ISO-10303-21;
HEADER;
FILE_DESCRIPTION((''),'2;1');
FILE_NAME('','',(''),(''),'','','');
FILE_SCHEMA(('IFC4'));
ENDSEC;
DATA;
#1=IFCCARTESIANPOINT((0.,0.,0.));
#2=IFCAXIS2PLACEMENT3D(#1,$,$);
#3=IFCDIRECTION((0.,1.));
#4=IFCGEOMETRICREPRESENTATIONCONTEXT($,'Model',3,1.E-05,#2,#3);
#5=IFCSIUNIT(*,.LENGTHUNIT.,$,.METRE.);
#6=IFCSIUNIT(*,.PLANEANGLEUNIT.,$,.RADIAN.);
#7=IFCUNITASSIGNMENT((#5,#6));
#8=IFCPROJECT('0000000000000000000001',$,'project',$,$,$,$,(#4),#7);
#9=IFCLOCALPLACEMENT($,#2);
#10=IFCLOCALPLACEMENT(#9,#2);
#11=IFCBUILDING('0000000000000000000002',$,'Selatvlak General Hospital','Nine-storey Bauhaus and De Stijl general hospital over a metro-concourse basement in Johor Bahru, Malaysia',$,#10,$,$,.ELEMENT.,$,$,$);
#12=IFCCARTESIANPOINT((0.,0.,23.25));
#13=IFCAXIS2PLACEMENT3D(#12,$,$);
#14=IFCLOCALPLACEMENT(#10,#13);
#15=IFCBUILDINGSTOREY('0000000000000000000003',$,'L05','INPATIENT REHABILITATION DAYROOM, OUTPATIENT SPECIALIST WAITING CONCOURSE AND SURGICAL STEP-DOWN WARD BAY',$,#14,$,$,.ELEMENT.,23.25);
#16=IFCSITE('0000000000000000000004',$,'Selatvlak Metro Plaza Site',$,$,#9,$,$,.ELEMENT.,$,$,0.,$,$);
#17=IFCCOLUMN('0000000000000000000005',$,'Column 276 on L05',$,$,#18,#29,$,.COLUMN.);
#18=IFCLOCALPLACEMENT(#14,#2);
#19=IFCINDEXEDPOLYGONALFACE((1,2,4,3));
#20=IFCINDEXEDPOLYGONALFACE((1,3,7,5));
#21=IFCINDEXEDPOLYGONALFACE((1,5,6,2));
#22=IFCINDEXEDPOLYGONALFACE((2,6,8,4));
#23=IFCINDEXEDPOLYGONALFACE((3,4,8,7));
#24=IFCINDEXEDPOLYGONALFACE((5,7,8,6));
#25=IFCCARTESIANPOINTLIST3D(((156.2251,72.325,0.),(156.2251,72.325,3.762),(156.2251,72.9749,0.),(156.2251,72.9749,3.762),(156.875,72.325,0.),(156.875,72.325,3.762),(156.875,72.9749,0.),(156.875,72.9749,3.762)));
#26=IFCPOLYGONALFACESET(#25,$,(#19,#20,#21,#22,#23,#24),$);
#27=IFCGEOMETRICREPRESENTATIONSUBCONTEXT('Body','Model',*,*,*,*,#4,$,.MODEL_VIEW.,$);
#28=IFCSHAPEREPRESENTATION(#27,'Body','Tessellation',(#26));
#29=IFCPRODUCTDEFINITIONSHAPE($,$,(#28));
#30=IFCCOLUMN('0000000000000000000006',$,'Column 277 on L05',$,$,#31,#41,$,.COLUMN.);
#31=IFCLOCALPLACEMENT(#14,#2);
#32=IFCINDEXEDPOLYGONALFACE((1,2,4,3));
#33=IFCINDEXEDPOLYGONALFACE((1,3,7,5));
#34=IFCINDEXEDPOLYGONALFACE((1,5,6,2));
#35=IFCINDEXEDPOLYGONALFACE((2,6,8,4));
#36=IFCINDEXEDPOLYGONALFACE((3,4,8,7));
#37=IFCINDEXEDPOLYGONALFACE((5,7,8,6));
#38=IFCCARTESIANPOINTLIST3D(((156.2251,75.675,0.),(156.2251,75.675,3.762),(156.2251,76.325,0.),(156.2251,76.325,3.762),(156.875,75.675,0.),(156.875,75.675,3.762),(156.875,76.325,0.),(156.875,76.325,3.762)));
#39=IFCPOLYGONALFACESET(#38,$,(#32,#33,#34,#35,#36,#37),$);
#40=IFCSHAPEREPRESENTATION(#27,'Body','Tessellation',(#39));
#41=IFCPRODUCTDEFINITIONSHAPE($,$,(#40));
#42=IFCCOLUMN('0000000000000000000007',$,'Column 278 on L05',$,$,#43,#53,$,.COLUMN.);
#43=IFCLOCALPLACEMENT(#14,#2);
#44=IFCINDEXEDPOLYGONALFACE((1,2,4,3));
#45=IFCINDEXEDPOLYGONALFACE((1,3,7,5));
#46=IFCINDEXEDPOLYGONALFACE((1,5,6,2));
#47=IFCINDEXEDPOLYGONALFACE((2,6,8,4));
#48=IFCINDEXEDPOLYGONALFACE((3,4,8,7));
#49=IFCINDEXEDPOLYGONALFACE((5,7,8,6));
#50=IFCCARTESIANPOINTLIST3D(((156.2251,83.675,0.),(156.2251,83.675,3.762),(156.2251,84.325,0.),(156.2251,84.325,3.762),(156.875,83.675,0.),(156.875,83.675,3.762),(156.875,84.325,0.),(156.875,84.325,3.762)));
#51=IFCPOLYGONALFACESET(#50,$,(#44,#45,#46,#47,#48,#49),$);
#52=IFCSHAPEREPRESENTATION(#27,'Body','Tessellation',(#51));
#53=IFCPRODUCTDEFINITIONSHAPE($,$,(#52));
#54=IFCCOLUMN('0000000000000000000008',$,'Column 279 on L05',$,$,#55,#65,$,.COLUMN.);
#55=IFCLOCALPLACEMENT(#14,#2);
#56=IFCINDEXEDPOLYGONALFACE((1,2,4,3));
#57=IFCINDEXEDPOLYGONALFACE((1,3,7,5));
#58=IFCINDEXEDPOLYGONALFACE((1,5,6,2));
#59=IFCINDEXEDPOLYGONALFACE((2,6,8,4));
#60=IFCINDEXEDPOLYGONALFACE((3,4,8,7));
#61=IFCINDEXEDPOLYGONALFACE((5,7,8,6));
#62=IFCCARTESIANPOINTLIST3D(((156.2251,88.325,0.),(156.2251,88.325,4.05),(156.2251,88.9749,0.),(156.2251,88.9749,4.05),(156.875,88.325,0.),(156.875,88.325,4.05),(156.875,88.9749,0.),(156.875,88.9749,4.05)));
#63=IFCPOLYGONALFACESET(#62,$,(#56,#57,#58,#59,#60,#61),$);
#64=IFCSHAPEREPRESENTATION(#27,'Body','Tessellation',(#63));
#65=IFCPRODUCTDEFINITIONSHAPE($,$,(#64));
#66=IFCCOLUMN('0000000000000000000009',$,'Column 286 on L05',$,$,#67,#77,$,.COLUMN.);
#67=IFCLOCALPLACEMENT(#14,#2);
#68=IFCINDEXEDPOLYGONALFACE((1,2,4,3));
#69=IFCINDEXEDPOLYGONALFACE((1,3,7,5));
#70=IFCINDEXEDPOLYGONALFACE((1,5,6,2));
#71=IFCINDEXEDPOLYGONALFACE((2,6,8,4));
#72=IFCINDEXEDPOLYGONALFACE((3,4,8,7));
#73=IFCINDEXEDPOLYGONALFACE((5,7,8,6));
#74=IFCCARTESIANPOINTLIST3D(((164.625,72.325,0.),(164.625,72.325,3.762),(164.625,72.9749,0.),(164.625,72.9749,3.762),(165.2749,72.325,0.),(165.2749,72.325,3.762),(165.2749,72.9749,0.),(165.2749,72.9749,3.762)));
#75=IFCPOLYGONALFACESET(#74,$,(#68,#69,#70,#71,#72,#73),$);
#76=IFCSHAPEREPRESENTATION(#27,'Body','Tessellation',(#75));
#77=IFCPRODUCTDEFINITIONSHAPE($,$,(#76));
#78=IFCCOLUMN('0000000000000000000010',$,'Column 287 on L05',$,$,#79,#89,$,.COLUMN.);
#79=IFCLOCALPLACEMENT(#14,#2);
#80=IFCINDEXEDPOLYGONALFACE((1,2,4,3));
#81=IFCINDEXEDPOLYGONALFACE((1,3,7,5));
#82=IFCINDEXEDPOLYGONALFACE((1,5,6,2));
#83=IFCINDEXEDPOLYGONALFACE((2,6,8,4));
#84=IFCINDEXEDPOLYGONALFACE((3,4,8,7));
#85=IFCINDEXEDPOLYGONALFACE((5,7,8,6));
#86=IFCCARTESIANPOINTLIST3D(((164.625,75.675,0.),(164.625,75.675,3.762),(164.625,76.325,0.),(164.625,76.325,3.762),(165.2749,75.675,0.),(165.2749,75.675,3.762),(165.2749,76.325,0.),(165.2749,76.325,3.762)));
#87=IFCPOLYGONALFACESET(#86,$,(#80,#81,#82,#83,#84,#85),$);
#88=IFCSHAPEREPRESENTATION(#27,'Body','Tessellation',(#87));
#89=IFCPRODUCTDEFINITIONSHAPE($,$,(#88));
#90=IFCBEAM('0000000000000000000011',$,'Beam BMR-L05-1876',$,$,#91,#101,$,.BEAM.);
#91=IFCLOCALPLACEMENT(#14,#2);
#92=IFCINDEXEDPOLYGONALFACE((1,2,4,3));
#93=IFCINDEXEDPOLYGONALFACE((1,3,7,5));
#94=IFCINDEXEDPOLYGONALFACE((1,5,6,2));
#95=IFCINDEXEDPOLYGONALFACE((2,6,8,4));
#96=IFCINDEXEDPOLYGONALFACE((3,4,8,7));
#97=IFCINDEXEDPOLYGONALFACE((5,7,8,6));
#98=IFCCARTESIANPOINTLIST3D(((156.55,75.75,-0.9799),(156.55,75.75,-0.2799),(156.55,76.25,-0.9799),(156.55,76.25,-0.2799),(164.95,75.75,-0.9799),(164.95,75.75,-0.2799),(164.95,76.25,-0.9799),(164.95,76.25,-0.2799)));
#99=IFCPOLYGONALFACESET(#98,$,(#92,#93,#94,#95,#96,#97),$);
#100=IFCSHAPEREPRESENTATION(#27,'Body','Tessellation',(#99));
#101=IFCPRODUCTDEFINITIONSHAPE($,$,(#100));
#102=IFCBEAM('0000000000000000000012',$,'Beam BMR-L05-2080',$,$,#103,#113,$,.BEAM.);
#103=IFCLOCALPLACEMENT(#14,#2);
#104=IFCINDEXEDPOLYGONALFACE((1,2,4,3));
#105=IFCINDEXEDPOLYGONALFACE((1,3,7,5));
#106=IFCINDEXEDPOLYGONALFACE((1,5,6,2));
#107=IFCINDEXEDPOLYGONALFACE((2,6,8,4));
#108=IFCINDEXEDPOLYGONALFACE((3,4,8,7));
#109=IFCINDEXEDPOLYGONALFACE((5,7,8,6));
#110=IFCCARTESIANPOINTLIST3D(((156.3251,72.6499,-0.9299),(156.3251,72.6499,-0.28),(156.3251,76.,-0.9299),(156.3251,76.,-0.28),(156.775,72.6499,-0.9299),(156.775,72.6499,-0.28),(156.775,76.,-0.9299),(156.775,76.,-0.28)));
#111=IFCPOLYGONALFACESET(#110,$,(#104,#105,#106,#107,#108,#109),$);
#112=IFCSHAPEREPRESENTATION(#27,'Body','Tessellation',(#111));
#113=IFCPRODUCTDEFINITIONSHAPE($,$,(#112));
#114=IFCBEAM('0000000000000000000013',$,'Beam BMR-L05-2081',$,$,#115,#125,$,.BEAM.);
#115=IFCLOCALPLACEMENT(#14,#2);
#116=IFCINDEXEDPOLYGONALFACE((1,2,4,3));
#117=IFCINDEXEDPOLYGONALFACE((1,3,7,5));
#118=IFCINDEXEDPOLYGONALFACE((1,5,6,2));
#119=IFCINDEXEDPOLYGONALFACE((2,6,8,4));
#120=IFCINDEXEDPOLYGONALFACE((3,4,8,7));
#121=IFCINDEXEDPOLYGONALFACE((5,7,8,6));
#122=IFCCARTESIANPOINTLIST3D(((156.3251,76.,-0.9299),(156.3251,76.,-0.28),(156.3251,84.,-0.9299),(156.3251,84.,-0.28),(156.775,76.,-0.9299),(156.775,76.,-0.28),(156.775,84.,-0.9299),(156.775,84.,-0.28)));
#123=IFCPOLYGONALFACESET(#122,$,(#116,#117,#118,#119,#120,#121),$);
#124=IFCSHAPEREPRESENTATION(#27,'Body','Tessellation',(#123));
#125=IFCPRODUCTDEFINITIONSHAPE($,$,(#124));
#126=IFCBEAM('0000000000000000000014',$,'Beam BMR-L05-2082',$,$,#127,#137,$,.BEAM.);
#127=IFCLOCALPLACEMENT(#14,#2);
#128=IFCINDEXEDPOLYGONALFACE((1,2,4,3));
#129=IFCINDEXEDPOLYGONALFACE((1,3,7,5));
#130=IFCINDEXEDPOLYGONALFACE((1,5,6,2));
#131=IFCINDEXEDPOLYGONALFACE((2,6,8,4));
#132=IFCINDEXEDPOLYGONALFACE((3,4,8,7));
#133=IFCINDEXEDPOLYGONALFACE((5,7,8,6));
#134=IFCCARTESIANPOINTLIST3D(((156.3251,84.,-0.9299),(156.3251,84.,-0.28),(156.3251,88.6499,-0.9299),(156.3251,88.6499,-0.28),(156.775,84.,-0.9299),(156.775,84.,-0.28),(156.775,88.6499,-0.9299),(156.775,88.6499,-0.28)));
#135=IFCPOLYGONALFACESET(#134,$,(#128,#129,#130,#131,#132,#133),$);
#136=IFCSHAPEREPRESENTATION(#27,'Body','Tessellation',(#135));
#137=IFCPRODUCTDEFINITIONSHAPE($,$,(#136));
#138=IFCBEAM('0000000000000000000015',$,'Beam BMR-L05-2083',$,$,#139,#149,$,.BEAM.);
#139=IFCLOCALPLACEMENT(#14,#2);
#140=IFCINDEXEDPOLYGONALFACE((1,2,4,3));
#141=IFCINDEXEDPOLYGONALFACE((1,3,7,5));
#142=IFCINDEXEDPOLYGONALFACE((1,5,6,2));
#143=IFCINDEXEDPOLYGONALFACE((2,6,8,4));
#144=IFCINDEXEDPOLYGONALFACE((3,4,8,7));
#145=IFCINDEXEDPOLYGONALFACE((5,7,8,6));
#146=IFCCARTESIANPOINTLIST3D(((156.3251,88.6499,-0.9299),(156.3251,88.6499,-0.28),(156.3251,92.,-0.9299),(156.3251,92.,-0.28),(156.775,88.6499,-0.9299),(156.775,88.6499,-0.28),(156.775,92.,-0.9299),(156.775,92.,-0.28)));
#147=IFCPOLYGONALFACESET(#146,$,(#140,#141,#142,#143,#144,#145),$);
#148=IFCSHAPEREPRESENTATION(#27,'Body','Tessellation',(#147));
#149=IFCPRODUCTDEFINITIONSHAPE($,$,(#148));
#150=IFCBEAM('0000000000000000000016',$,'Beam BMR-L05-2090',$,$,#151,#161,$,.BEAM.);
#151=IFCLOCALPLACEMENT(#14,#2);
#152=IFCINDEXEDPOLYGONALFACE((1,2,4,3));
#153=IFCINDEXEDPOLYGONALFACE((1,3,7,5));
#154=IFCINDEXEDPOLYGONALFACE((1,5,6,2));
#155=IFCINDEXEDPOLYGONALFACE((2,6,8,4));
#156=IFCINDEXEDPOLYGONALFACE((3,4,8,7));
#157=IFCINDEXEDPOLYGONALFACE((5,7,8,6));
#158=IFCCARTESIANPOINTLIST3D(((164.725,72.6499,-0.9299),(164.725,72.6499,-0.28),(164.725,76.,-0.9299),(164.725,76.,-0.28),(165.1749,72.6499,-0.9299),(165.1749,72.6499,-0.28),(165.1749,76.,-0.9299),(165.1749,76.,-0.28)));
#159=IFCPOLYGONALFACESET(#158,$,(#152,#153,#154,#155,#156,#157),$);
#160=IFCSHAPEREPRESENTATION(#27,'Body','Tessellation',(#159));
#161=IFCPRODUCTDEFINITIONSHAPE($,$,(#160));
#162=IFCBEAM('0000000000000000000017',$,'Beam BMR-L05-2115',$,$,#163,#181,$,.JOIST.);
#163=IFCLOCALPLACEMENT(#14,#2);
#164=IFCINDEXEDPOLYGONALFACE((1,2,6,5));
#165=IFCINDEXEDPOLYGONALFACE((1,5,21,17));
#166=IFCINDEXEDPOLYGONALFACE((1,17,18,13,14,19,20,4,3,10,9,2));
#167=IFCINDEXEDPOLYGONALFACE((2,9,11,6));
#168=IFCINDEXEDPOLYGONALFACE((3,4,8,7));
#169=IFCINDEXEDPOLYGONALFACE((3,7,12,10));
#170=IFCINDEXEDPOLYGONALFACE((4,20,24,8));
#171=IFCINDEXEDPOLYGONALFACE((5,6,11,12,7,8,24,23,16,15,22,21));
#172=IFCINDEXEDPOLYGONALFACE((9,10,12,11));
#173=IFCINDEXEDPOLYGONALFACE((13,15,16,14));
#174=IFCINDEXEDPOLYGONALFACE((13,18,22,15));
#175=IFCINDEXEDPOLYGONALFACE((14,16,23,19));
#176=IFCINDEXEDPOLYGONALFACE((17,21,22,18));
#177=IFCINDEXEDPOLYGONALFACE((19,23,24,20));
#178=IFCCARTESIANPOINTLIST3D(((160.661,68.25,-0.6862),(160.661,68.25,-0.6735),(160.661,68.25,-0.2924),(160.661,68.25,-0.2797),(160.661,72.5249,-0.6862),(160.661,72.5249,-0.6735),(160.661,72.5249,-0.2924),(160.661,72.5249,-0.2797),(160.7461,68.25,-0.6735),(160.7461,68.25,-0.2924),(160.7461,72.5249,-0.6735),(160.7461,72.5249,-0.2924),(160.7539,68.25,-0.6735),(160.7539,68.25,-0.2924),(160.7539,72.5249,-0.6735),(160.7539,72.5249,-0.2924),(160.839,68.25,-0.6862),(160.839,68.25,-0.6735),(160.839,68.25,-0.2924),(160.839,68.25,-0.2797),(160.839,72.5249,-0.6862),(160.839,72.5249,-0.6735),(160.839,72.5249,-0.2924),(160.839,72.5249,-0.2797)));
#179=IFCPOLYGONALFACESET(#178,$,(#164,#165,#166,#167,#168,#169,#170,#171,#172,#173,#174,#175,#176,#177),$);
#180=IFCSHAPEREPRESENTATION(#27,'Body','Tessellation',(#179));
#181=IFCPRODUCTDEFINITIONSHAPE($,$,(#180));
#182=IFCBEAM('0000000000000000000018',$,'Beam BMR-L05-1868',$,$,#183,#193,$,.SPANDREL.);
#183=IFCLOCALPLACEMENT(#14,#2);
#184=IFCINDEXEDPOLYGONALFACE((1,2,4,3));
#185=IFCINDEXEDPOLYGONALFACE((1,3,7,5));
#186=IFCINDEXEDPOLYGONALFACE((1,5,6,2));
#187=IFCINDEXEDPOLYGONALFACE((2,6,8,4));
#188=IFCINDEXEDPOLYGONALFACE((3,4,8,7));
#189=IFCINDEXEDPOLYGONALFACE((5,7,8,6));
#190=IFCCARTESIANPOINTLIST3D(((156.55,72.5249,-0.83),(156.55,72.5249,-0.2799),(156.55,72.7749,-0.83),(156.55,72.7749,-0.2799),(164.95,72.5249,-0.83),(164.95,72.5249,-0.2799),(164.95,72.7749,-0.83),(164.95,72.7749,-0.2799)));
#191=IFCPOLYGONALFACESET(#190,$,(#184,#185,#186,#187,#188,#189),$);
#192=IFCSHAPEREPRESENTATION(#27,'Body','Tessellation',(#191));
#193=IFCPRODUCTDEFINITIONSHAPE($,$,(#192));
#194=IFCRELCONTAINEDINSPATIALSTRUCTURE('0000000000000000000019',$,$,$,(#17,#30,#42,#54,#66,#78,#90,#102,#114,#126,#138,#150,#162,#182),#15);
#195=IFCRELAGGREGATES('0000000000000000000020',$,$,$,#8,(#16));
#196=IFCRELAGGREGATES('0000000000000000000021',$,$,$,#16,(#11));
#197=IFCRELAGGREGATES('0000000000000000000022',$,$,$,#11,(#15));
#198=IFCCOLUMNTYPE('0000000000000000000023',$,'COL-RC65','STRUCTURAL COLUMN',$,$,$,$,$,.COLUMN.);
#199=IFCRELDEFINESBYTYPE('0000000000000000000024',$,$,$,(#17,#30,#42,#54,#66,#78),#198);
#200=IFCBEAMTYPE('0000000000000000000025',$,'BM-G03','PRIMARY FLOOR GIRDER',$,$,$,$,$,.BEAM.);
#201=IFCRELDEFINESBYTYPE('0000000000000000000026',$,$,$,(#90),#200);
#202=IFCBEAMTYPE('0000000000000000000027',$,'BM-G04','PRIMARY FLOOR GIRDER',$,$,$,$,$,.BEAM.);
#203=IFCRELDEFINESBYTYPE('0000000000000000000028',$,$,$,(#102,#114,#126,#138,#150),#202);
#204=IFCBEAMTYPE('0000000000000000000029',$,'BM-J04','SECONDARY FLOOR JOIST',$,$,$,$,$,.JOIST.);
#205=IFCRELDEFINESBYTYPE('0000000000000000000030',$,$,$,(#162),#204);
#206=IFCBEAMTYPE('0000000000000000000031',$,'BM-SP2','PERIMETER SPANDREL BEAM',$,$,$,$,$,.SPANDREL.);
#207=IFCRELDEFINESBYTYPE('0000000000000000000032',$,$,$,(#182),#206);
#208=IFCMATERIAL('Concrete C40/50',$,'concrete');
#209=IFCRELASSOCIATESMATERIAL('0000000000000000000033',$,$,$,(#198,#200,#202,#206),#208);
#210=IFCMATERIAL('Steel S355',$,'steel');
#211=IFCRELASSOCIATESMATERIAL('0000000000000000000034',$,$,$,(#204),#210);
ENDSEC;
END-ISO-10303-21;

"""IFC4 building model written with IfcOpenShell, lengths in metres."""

from ifc_helpers import new_model, si_unit, direction, frame, origin, origin_2d, place, context, subcontext, project, spatial, rectangle, i_section, extrude, material, material_profile, profile_set, type_object, element, save


model = new_model("IFC4")

# Units and contexts
model_context = context("Model", 3, precision=1e-05, world=origin(), true_north=direction((0.0, 1.0)))
body_context = subcontext(model_context, "Body", "Model", "MODEL_VIEW")
ifc_project = project(units=[si_unit("LENGTHUNIT", "METRE"), si_unit("PLANEANGLEUNIT", "RADIAN")], contexts=[model_context])

# Site, building, storey
site_placement = place(None, origin())
site = spatial("IfcSite", under=ifc_project, at=site_placement, Name="Selatvlak Metro Plaza Site", CompositionType="ELEMENT", RefElevation=0.0)
building_placement = place(site_placement, origin())
building = spatial("IfcBuilding", under=site, at=building_placement, Name="Selatvlak General Hospital", Description="Nine-storey Bauhaus and De Stijl general hospital over a metro-concourse basement in Johor Bahru, Malaysia", CompositionType="ELEMENT")
storey_placement = place(building_placement, frame((0.0, 0.0, 23.25)))
storey = spatial("IfcBuildingStorey", under=building, at=storey_placement, Name="L05", Description="INPATIENT REHABILITATION DAYROOM, OUTPATIENT SPECIALIST WAITING CONCOURSE AND SURGICAL STEP-DOWN WARD BAY", CompositionType="ELEMENT", Elevation=23.25)

# Columns
ifc_material_1 = material(Name="Concrete C40/50", Category="concrete")
ifc_material_profile_1 = material_profile(ifc_material_1, rectangle(XDim=0.6499, YDim=0.6499, at=origin_2d()), Name="RC-COL 650x650")
ifc_profile_set_1 = profile_set([ifc_material_profile_1], Name="Concrete C40/50")
column_type = type_object("IfcColumnType", Name="COL-RC65", Description="STRUCTURAL COLUMN", PredefinedType="COLUMN", material=ifc_profile_set_1)
for number, where, z_axis, x_axis, name in (
    (1, (156.55, 72.6499, 0.0), (0.0, 0.0, 1.0), (1.0, 0.0, 0.0), "Column 276 on L05"),
    (2, (156.55, 76.0, 0.0), (0.0, 0.0, 1.0), (1.0, 0.0, 0.0), "Column 277 on L05"),
    (3, (156.55, 84.0, 0.0), (0.0, 0.0, 1.0), (1.0, 0.0, 0.0), "Column 278 on L05"),
):
    element("IfcColumn", number, at=place(storey_placement, frame(where, z_axis=z_axis, x_axis=x_axis)), inside=storey, type_object=column_type, Name=name, PredefinedType="COLUMN", context=body_context, shape_type="SweptSolid", body=[
        extrude(rectangle(XDim=0.6499, YDim=0.6499, at=origin_2d()), origin(), (0.0, 0.0, 1.0), 3.762),
    ])
column_placement = place(storey_placement, frame((156.55, 88.6499, 0.0), z_axis=(0.0, 0.0, 1.0), x_axis=(1.0, 0.0, 0.0)))
element("IfcColumn", 4, at=column_placement, inside=storey, type_object=column_type, Name="Column 279 on L05", PredefinedType="COLUMN", context=body_context, shape_type="SweptSolid", body=[
    extrude(rectangle(XDim=0.6499, YDim=0.6499, at=origin_2d()), origin(), (0.0, 0.0, 1.0), 4.05),
])
for number, where, z_axis, x_axis, name in (
    (5, (164.95, 72.6499, 0.0), (0.0, 0.0, 1.0), (1.0, 0.0, 0.0), "Column 286 on L05"),
    (6, (164.95, 76.0, 0.0), (0.0, 0.0, 1.0), (1.0, 0.0, 0.0), "Column 287 on L05"),
):
    element("IfcColumn", number, at=place(storey_placement, frame(where, z_axis=z_axis, x_axis=x_axis)), inside=storey, type_object=column_type, Name=name, PredefinedType="COLUMN", context=body_context, shape_type="SweptSolid", body=[
        extrude(rectangle(XDim=0.6499, YDim=0.6499, at=origin_2d()), origin(), (0.0, 0.0, 1.0), 3.762),
    ])

# Beams
ifc_material_profile_2 = material_profile(ifc_material_1, rectangle(XDim=0.5, YDim=0.7, at=origin_2d()), Name="RC-BM 500x700")
ifc_profile_set_2 = profile_set([ifc_material_profile_2], Name="Concrete C40/50")
beam_type_1 = type_object("IfcBeamType", Name="BM-G03", Description="PRIMARY FLOOR GIRDER", PredefinedType="BEAM", material=ifc_profile_set_2)
beam_1_placement = place(storey_placement, frame((156.55, 76.0, -0.6299), z_axis=(1.0, 0.0, 0.0), x_axis=(0.0, 1.0, 0.0)))
element("IfcBeam", 7, at=beam_1_placement, inside=storey, type_object=beam_type_1, Name="Beam BMR-L05-1876", PredefinedType="BEAM", context=body_context, shape_type="SweptSolid", body=[
    extrude(rectangle(XDim=0.5, YDim=0.7, at=origin_2d()), origin(), (0.0, 0.0, 1.0), 8.3999),
])
ifc_material_profile_3 = material_profile(ifc_material_1, rectangle(XDim=0.45, YDim=0.6499, at=origin_2d()), Name="RC-BM 450x650")
ifc_profile_set_3 = profile_set([ifc_material_profile_3], Name="Concrete C40/50")
beam_type_2 = type_object("IfcBeamType", Name="BM-G04", Description="PRIMARY FLOOR GIRDER", PredefinedType="BEAM", material=ifc_profile_set_3)
beam_2_placement = place(storey_placement, frame((156.55, 72.6499, -0.605), z_axis=(0.0, 1.0, 0.0), x_axis=(-1.0, 0.0, 0.0)))
element("IfcBeam", 8, at=beam_2_placement, inside=storey, type_object=beam_type_2, Name="Beam BMR-L05-2080", PredefinedType="BEAM", context=body_context, shape_type="SweptSolid", body=[
    extrude(rectangle(XDim=0.45, YDim=0.6499, at=origin_2d()), origin(), (0.0, 0.0, 1.0), 3.3501),
])
beam_3_placement = place(storey_placement, frame((156.55, 76.0, -0.605), z_axis=(0.0, 1.0, 0.0), x_axis=(-1.0, 0.0, 0.0)))
element("IfcBeam", 9, at=beam_3_placement, inside=storey, type_object=beam_type_2, Name="Beam BMR-L05-2081", PredefinedType="BEAM", context=body_context, shape_type="SweptSolid", body=[
    extrude(rectangle(XDim=0.45, YDim=0.6499, at=origin_2d()), origin(), (0.0, 0.0, 1.0), 8.0),
])
beam_4_placement = place(storey_placement, frame((156.55, 84.0, -0.605), z_axis=(0.0, 1.0, 0.0), x_axis=(-1.0, 0.0, 0.0)))
element("IfcBeam", 10, at=beam_4_placement, inside=storey, type_object=beam_type_2, Name="Beam BMR-L05-2082", PredefinedType="BEAM", context=body_context, shape_type="SweptSolid", body=[
    extrude(rectangle(XDim=0.45, YDim=0.6499, at=origin_2d()), origin(), (0.0, 0.0, 1.0), 4.6499),
])
for number, where, z_axis, x_axis, name in (
    (11, (156.55, 88.6499, -0.605), (0.0, 1.0, 0.0), (-1.0, 0.0, 0.0), "Beam BMR-L05-2083"),
    (12, (164.95, 72.6499, -0.605), (0.0, 1.0, 0.0), (-1.0, 0.0, 0.0), "Beam BMR-L05-2090"),
):
    element("IfcBeam", number, at=place(storey_placement, frame(where, z_axis=z_axis, x_axis=x_axis)), inside=storey, type_object=beam_type_2, Name=name, PredefinedType="BEAM", context=body_context, shape_type="SweptSolid", body=[
        extrude(rectangle(XDim=0.45, YDim=0.6499, at=origin_2d()), origin(), (0.0, 0.0, 1.0), 3.3501),
    ])
ifc_material_2 = material(Name="Steel S355", Category="steel")
ifc_material_profile_4 = material_profile(ifc_material_2, i_section(OverallWidth=0.178, OverallDepth=0.4065, WebThickness=0.0078, FlangeThickness=0.0127, at=origin_2d()), Name="UB 406x178x60")
ifc_profile_set_4 = profile_set([ifc_material_profile_4], Name="Steel S355")
beam_type_3 = type_object("IfcBeamType", Name="BM-J04", Description="SECONDARY FLOOR JOIST", PredefinedType="JOIST", material=ifc_profile_set_4)
beam_5_placement = place(storey_placement, frame((160.75, 68.25, -0.4829), z_axis=(0.0, 1.0, 0.0), x_axis=(-1.0, 0.0, 0.0)))
element("IfcBeam", 13, at=beam_5_placement, inside=storey, type_object=beam_type_3, Name="Beam BMR-L05-2115", PredefinedType="JOIST", context=body_context, shape_type="SweptSolid", body=[
    extrude(i_section(OverallWidth=0.178, OverallDepth=0.4065, WebThickness=0.0078, FlangeThickness=0.0127, at=origin_2d()), origin(), (0.0, 0.0, 1.0), 4.2749),
])
ifc_material_profile_5 = material_profile(ifc_material_1, rectangle(XDim=0.25, YDim=0.55, at=origin_2d()), Name="RC-SP 250x550")
ifc_profile_set_5 = profile_set([ifc_material_profile_5], Name="Concrete C40/50")
beam_type_4 = type_object("IfcBeamType", Name="BM-SP2", Description="PERIMETER SPANDREL BEAM", PredefinedType="SPANDREL", material=ifc_profile_set_5)
beam_6_placement = place(storey_placement, frame((156.55, 72.6499, -0.5549), z_axis=(1.0, 0.0, 0.0), x_axis=(0.0, 1.0, 0.0)))
element("IfcBeam", 14, at=beam_6_placement, inside=storey, type_object=beam_type_4, Name="Beam BMR-L05-1868", PredefinedType="SPANDREL", context=body_context, shape_type="SweptSolid", body=[
    extrude(rectangle(XDim=0.25, YDim=0.55, at=origin_2d()), origin(), (0.0, 0.0, 1.0), 8.3999),
])

save(model, "model.ifc")
